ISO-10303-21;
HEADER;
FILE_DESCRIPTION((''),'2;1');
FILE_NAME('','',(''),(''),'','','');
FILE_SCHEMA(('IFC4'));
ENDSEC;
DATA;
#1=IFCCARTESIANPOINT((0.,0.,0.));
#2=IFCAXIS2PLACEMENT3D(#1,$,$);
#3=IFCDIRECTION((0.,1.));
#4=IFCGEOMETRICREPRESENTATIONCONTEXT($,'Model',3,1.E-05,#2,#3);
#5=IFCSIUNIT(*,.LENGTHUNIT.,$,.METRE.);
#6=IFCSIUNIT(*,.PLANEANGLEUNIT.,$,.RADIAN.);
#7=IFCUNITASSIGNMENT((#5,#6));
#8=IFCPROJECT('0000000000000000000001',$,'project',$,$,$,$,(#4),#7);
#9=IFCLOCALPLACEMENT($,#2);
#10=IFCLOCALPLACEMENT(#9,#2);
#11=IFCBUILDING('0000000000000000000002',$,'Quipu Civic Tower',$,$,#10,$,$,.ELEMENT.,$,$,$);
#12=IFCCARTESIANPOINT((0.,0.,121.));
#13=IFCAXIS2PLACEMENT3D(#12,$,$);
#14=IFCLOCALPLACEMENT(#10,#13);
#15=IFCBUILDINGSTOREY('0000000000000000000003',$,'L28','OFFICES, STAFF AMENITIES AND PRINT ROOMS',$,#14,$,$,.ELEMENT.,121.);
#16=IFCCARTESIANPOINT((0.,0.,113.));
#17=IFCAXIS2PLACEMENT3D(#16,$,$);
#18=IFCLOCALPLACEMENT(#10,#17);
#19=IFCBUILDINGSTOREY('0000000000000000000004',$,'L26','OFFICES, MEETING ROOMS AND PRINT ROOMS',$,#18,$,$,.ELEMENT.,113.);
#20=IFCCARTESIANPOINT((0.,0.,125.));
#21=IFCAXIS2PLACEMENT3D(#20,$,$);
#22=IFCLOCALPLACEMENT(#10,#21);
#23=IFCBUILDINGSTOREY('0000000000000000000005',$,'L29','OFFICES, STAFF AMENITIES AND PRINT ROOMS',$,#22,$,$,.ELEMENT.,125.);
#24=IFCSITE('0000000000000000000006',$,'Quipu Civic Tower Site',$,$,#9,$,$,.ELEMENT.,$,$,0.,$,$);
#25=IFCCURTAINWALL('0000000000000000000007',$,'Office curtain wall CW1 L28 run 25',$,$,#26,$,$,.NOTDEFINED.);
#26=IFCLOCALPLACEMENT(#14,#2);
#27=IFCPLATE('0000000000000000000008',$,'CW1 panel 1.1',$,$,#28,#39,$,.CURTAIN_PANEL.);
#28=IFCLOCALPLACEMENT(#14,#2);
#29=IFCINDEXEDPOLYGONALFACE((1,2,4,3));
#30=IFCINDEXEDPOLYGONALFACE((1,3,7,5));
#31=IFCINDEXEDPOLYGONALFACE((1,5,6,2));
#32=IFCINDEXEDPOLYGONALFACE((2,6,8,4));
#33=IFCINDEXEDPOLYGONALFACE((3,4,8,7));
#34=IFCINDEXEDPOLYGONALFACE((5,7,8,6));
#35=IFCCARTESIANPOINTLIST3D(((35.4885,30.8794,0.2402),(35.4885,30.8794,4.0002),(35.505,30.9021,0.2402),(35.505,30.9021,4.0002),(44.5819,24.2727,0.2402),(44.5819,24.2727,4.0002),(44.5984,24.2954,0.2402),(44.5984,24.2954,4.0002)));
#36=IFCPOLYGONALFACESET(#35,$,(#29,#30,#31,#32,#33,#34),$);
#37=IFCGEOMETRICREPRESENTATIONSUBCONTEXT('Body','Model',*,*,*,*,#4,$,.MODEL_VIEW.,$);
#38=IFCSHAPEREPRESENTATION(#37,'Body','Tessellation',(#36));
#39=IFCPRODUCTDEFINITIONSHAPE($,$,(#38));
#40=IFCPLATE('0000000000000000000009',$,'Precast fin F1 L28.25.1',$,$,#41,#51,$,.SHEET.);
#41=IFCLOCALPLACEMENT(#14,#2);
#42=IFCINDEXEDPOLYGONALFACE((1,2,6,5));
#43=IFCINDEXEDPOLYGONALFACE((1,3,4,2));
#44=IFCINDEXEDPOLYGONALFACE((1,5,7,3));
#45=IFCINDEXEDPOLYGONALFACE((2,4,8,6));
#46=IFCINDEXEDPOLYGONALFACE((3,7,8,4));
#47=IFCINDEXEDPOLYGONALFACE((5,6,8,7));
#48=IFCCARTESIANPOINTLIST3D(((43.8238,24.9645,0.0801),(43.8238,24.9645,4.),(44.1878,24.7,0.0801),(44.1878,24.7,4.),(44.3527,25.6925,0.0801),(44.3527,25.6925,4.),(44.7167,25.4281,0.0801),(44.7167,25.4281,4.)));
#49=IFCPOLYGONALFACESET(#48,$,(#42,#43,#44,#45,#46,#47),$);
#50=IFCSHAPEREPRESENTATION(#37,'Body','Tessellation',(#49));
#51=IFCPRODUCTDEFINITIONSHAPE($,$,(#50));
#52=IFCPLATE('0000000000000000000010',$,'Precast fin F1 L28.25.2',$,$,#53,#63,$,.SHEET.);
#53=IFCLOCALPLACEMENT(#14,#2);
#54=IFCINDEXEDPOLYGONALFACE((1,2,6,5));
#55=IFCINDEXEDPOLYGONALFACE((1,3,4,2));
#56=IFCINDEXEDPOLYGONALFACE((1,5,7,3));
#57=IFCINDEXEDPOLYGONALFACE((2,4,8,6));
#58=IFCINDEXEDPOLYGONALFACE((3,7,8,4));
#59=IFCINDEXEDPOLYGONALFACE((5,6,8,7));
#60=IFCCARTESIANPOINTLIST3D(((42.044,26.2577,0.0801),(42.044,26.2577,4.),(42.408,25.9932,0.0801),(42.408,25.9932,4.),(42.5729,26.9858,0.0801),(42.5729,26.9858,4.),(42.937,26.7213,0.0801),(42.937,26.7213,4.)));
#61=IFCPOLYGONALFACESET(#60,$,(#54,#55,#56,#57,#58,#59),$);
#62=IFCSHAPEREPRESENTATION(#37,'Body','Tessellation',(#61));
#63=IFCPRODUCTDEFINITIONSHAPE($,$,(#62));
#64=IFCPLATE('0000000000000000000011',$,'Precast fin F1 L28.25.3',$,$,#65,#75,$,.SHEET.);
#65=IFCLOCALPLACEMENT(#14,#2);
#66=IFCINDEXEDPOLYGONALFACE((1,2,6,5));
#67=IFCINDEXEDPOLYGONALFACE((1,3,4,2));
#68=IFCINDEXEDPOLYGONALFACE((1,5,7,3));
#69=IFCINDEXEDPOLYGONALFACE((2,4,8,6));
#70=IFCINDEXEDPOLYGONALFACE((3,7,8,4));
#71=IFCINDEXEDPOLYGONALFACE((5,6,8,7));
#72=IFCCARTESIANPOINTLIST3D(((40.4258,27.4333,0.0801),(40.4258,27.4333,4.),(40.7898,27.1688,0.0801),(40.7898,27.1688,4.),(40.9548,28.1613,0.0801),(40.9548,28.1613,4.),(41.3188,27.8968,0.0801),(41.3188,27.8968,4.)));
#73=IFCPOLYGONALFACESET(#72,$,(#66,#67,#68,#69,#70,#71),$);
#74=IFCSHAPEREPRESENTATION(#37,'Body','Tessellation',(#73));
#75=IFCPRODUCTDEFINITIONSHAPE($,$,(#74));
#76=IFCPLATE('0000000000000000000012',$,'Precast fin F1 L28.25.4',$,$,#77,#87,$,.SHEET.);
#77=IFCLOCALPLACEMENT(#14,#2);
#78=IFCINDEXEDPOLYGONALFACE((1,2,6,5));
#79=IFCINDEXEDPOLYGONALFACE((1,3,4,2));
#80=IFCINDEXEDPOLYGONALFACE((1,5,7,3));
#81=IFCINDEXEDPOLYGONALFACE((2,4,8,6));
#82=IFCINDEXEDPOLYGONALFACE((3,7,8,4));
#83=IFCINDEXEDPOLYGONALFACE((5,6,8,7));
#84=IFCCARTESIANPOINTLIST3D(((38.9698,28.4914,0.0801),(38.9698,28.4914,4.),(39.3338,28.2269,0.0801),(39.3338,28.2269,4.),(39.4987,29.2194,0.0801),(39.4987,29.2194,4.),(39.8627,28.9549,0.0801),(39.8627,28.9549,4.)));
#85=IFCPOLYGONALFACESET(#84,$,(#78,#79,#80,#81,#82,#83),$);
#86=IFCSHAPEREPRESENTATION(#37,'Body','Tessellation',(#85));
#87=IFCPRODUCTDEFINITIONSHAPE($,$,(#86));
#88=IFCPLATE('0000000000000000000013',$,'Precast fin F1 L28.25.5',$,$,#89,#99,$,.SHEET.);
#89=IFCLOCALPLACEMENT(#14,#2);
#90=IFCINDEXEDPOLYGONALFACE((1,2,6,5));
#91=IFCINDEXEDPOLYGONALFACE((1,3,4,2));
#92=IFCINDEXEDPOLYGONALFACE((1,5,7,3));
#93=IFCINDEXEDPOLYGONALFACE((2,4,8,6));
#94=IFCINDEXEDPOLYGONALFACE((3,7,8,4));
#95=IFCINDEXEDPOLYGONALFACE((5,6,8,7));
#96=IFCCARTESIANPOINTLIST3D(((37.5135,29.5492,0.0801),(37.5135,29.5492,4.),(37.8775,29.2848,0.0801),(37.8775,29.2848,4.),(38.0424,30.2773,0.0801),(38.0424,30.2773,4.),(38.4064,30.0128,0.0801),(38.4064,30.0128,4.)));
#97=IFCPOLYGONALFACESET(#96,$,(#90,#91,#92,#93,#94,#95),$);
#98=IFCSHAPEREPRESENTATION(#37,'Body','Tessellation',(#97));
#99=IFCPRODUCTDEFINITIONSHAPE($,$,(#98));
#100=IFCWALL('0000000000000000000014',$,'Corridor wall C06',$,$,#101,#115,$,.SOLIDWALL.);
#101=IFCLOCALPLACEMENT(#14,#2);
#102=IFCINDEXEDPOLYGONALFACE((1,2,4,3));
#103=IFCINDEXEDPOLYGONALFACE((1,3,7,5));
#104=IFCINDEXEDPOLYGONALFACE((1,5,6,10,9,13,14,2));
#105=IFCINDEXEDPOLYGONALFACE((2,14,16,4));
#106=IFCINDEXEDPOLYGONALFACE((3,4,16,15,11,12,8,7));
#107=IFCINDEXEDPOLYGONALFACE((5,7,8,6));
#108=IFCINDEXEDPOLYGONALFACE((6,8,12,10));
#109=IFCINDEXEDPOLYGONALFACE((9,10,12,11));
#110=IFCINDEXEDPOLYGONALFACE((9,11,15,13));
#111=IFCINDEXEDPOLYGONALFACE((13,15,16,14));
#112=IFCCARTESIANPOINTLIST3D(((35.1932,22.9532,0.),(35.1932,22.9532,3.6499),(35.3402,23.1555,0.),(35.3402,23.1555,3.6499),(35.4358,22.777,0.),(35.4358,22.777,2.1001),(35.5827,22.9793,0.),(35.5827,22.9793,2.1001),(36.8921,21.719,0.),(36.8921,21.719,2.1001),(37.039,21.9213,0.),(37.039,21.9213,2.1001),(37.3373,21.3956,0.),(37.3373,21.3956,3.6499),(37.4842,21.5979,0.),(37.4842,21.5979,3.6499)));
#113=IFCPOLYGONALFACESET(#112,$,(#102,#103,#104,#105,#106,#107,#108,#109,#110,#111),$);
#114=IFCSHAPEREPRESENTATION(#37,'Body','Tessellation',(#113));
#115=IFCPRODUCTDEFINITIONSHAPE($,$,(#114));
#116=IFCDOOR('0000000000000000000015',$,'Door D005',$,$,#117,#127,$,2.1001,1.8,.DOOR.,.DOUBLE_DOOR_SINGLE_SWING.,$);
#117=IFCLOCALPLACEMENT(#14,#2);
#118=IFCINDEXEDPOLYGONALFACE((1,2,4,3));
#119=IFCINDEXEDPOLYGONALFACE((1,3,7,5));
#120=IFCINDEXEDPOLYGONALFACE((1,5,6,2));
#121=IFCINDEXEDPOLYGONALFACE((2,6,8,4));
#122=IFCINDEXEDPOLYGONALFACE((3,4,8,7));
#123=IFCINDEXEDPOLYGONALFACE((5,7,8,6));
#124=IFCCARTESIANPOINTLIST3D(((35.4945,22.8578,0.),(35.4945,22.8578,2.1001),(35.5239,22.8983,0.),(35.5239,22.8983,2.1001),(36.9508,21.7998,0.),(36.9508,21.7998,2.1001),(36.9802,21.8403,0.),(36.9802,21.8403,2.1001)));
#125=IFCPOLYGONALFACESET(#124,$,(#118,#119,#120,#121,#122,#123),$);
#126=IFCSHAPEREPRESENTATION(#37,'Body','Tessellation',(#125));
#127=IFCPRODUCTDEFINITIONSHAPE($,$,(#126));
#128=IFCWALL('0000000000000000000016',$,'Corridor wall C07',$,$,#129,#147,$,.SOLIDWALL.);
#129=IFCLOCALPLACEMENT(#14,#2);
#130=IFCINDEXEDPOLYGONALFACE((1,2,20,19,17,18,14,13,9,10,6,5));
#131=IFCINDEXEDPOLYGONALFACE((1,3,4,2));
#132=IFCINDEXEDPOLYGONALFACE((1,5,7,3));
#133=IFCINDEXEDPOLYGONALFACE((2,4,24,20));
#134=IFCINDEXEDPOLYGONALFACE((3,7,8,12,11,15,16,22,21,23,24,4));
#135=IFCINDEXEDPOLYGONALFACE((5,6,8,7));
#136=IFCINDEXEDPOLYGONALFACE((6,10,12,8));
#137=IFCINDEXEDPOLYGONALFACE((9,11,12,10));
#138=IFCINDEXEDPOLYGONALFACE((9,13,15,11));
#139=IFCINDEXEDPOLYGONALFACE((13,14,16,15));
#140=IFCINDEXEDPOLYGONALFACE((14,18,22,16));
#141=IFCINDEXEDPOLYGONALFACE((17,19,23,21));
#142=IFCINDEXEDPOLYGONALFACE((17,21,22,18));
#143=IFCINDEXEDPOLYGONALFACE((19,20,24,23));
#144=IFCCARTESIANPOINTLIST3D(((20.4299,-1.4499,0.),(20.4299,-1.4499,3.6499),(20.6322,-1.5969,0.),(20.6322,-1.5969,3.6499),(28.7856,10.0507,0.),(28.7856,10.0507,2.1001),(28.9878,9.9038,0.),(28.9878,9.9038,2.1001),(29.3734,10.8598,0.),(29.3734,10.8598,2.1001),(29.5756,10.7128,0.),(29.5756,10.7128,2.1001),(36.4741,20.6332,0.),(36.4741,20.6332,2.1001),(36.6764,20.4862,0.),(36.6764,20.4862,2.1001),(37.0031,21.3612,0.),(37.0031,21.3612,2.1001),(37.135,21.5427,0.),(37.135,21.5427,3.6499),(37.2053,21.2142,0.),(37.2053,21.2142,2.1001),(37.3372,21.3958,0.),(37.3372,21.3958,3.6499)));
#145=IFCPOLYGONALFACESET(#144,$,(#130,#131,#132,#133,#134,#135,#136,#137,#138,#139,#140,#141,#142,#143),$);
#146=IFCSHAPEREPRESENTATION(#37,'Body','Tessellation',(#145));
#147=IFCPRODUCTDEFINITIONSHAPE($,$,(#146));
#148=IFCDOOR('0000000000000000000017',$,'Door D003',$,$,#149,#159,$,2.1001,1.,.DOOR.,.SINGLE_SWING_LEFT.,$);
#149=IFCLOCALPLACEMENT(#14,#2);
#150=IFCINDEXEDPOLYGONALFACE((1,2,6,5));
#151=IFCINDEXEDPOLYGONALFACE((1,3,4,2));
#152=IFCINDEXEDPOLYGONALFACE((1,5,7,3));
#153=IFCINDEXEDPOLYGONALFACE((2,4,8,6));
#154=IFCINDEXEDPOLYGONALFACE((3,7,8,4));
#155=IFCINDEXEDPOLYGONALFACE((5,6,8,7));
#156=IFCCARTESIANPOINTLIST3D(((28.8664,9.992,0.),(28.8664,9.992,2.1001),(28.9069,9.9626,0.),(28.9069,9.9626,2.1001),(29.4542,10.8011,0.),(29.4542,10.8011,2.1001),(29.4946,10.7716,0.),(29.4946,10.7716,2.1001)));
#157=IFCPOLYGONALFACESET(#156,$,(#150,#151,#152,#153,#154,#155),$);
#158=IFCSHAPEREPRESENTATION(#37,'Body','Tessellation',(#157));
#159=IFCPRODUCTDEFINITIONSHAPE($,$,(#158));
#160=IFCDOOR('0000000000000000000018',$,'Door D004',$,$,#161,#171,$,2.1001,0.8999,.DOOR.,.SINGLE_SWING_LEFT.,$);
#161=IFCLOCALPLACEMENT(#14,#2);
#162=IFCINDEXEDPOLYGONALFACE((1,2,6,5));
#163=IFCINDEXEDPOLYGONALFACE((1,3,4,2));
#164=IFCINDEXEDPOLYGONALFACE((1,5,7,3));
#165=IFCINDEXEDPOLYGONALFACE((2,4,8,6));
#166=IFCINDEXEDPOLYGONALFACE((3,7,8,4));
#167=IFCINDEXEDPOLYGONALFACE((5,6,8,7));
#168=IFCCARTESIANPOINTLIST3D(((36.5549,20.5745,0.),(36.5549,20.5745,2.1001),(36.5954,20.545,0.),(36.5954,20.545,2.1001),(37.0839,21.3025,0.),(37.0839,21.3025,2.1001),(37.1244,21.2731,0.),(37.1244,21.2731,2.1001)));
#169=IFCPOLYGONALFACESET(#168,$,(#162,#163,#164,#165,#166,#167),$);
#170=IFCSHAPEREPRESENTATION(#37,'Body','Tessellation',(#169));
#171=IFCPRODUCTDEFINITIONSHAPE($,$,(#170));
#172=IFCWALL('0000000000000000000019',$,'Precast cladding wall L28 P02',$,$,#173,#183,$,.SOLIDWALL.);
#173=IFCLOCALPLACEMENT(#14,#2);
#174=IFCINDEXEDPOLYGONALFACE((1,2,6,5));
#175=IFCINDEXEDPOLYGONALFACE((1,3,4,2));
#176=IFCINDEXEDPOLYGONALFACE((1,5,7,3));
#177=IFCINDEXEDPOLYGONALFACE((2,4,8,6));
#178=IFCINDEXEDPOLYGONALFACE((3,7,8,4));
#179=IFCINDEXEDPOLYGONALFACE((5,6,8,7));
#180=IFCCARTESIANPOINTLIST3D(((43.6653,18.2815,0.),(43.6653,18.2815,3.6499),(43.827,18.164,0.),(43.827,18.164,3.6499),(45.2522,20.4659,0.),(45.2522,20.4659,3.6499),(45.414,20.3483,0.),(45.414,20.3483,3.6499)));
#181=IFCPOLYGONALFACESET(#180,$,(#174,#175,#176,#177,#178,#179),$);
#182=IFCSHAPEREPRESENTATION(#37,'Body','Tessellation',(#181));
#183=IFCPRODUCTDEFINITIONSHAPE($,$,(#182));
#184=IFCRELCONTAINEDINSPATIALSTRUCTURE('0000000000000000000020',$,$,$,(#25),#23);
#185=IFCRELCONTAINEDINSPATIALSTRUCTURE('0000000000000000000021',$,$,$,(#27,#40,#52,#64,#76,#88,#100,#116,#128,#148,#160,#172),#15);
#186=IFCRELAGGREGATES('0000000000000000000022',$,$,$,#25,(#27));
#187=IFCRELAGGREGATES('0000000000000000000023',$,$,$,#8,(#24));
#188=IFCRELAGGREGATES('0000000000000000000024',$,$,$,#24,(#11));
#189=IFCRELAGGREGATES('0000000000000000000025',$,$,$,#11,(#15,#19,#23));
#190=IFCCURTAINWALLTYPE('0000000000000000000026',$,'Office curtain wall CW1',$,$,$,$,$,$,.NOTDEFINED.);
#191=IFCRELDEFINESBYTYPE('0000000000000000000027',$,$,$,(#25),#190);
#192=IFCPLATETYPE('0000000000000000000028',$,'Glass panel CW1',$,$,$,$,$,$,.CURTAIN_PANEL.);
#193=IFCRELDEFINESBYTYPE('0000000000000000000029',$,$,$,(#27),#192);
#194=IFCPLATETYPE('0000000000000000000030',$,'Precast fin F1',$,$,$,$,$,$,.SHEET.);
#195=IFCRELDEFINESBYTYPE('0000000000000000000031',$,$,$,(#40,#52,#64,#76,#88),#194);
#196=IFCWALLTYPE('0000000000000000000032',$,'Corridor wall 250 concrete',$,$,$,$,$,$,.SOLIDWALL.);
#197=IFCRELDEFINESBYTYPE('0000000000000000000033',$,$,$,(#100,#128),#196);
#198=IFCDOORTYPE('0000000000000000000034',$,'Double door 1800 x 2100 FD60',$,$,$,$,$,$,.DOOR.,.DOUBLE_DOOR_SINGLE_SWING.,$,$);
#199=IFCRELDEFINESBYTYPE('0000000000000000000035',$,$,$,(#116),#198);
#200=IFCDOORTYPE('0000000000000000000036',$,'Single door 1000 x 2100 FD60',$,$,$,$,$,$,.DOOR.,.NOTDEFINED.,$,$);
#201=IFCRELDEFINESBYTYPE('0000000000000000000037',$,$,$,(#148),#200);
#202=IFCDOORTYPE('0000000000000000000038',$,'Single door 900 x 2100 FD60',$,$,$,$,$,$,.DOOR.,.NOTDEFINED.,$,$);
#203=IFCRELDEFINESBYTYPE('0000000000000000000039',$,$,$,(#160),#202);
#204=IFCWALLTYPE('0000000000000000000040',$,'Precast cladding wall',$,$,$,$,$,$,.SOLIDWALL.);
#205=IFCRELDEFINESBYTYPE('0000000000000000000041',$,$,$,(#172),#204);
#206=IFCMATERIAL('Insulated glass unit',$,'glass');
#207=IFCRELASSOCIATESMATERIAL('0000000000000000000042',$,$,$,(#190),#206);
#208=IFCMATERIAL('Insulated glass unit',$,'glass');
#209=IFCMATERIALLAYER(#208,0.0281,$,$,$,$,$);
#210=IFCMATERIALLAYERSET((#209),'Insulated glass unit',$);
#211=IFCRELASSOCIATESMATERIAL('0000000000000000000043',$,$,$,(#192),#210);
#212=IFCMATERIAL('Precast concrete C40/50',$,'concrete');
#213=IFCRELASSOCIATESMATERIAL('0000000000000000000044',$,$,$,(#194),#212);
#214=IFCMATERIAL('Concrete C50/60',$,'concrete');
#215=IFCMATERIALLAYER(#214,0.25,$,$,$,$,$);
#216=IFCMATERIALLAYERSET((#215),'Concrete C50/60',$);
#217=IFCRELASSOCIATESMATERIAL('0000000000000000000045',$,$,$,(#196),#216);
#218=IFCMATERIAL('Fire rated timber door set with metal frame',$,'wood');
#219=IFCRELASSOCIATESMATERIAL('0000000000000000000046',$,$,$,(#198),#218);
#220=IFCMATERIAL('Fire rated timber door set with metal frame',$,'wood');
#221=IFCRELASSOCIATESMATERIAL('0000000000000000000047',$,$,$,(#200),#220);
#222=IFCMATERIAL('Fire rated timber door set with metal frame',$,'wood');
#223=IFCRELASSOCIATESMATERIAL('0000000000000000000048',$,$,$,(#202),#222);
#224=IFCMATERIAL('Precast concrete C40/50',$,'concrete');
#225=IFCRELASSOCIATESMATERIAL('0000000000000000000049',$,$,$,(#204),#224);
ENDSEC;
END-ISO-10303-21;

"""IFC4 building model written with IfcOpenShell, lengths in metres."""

from ifc_helpers import new_model, si_unit, direction, frame, frame_2d, origin, origin_2d, place, context, subcontext, project, spatial, rectangle, extrude, material, layer, layer_set, type_object, element, fill, aggregate, save


model = new_model("IFC4")

# Units and contexts
model_context = context("Model", 3, precision=1e-05, world=origin(), true_north=direction((0.0, 1.0)))
body_context = subcontext(model_context, "Body", "Model", "MODEL_VIEW")
ifc_project = project(units=[si_unit("LENGTHUNIT", "METRE"), si_unit("PLANEANGLEUNIT", "RADIAN")], contexts=[model_context])

# Site, building, storey
site_placement = place(None, origin())
site = spatial("IfcSite", under=ifc_project, at=site_placement, Name="Quipu Civic Tower Site", CompositionType="ELEMENT", RefElevation=0.0)
building_placement = place(site_placement, origin())
building = spatial("IfcBuilding", under=site, at=building_placement, Name="Quipu Civic Tower", CompositionType="ELEMENT")
storey_1_placement = place(building_placement, frame((0.0, 0.0, 121.0)))
storey_1 = spatial("IfcBuildingStorey", under=building, at=storey_1_placement, Name="L28", Description="OFFICES, STAFF AMENITIES AND PRINT ROOMS", CompositionType="ELEMENT", Elevation=121.0)

# Shared definitions
storey_2_placement = place(building_placement, frame((0.0, 0.0, 113.0)))
storey_2 = spatial("IfcBuildingStorey", under=building, at=storey_2_placement, Name="L26", Description="OFFICES, MEETING ROOMS AND PRINT ROOMS", CompositionType="ELEMENT", Elevation=113.0)

# Shared definitions
ifc_material_1 = material(Name="Insulated glass unit", Category="glass")
curtain_wall_type = type_object("IfcCurtainWallType", Name="Office curtain wall CW1", PredefinedType="NOTDEFINED", material=ifc_material_1)

# Shared definitions
storey_3_placement = place(building_placement, frame((0.0, 0.0, 125.0)))
storey_3 = spatial("IfcBuildingStorey", under=building, at=storey_3_placement, Name="L29", Description="OFFICES, STAFF AMENITIES AND PRINT ROOMS", CompositionType="ELEMENT", Elevation=125.0)

# Curtain wall, plate
curtain_wall_1_placement = place(storey_3_placement, origin())
curtain_wall_1 = element("IfcCurtainWall", 1, at=curtain_wall_1_placement, inside=storey_3, type_object=curtain_wall_type, Name="Office curtain wall CW1 L28 run 25", PredefinedType="NOTDEFINED")
ifc_material_2 = material(Name="Insulated glass unit", Category="glass")
ifc_layer_1 = layer(ifc_material_2, 0.0281)
ifc_layer_set_1 = layer_set([ifc_layer_1], Name="Insulated glass unit")
plate_type_1 = type_object("IfcPlateType", Name="Glass panel CW1", PredefinedType="CURTAIN_PANEL", material=ifc_layer_set_1)
plate_placement = place(storey_1_placement, frame((40.0435, 27.5874, 0.2402), z_axis=(0.0, 0.0, 1.0), x_axis=(-0.809015, 0.587788, 0.0)))
plate = element("IfcPlate", 2, at=plate_placement, inside=storey_1, type_object=plate_type_1, Name="CW1 panel 1.1", PredefinedType="CURTAIN_PANEL", context=body_context, shape_type="SweptSolid", body=[
    extrude(rectangle(XDim=11.24, YDim=0.0281, at=origin_2d()), origin(), (0.0, 0.0, 1.0), 3.76),
])
aggregate(curtain_wall_1, [plate])

# Plates
ifc_material_3 = material(Name="Precast concrete C40/50", Category="concrete")
plate_type_2 = type_object("IfcPlateType", Name="Precast fin F1", PredefinedType="SHEET", material=ifc_material_3)
for number, where, z_axis, x_axis, name in (
    (3, (44.2703, 25.1963, 0.0801), (0.0, 0.0, 1.0), (-0.809017, 0.587785, 0.0), "Precast fin F1 L28.25.1"),
    (4, (42.4905, 26.4895, 0.0801), (0.0, 0.0, 1.0), (-0.809017, 0.587785, 0.0), "Precast fin F1 L28.25.2"),
    (5, (40.8723, 27.665, 0.0801), (0.0, 0.0, 1.0), (-0.809017, 0.587785, 0.0), "Precast fin F1 L28.25.3"),
    (6, (39.4163, 28.7231, 0.0801), (0.0, 0.0, 1.0), (-0.809017, 0.587785, 0.0), "Precast fin F1 L28.25.4"),
    (7, (37.96, 29.781, 0.0801), (0.0, 0.0, 1.0), (-0.809017, 0.587785, 0.0), "Precast fin F1 L28.25.5"),
):
    element("IfcPlate", number, at=place(storey_1_placement, frame(where, z_axis=z_axis, x_axis=x_axis)), inside=storey_1, type_object=plate_type_2, Name=name, PredefinedType="SHEET", context=body_context, shape_type="SweptSolid", body=[
        extrude(rectangle(XDim=0.45, YDim=0.8999, at=origin_2d()), origin(), (0.0, 0.0, 1.0), 3.9199),
    ])

# Wall, opening, door
ifc_material_4 = material(Name="Concrete C50/60", Category="concrete")
ifc_layer_2 = layer(ifc_material_4, 0.25)
ifc_layer_set_2 = layer_set([ifc_layer_2], Name="Concrete C50/60")
wall_type_1 = type_object("IfcWallType", Name="Corridor wall 250 concrete", PredefinedType="SOLIDWALL", material=ifc_layer_set_2)
wall_1_placement = place(storey_1_placement, frame((35.2666, 23.0544, 0.0), z_axis=(0.0, 0.0, 1.0), x_axis=(0.809039, -0.587755, 0.0)))
wall_1 = element("IfcWall", 8, at=wall_1_placement, inside=storey_1, type_object=wall_type_1, Name="Corridor wall C06", PredefinedType="SOLIDWALL", context=body_context, shape_type="SweptSolid", body=[
    extrude(rectangle(XDim=2.6501, YDim=0.25, at=frame_2d((1.3252, 0.0))), origin(), (0.0, 0.0, 1.0), 3.6499),
])
opening_1_placement = place(wall_1_placement, frame((0.3, 0.0, 0.0)))
opening_1 = element("IfcOpeningElement", 9, at=opening_1_placement, cuts=wall_1, PredefinedType="OPENING", context=body_context, shape_type="SweptSolid", body=[
    extrude(rectangle(XDim=1.8, YDim=2.1001, at=frame_2d((0.8999, 1.05))), frame((0.0, 0.135, 0.0), z_axis=(0.0, -1.0, 0.0), x_axis=(1.0, 0.0, 0.0)), (0.0, 0.0, 1.0), 0.27),
])
ifc_material_5 = material(Name="Fire rated timber door set with metal frame", Category="wood")
door_type_1 = type_object("IfcDoorType", Name="Double door 1800 x 2100 FD60", OperationType="DOUBLE_DOOR_SINGLE_SWING", PredefinedType="DOOR", material=ifc_material_5)
door_1_placement = place(opening_1_placement, origin())
door_1 = element("IfcDoor", 10, at=door_1_placement, inside=storey_1, type_object=door_type_1, Name="Door D005", OperationType="DOUBLE_DOOR_SINGLE_SWING", OverallHeight=2.1001, OverallWidth=1.8, PredefinedType="DOOR", context=body_context, shape_type="SweptSolid", body=[
    extrude(rectangle(XDim=1.8, YDim=2.1001, at=frame_2d((0.8999, 1.05))), frame((0.0, 0.0249, 0.0), z_axis=(0.0, -1.0, 0.0), x_axis=(1.0, 0.0, 0.0)), (0.0, 0.0, 1.0), 0.05),
])
fill(opening_1, door_1)

# Wall, openings, doors
wall_2_placement = place(storey_1_placement, frame((37.2361, 21.4692, 0.0), z_axis=(0.0, 0.0, 1.0), x_axis=(-0.587783, -0.809018, 0.0)))
wall_2 = element("IfcWall", 11, at=wall_2_placement, inside=storey_1, type_object=wall_type_1, Name="Corridor wall C07", PredefinedType="SOLIDWALL", context=body_context, shape_type="SweptSolid", body=[
    extrude(rectangle(XDim=28.4204, YDim=0.25, at=frame_2d((14.2102, 0.0))), origin(), (0.0, 0.0, 1.0), 3.6499),
])
opening_2_placement = place(wall_2_placement, frame((13.2048, 0.0, 0.0)))
opening_2 = element("IfcOpeningElement", 12, at=opening_2_placement, cuts=wall_2, PredefinedType="OPENING", context=body_context, shape_type="SweptSolid", body=[
    extrude(rectangle(XDim=1.0, YDim=2.1001, at=frame_2d((0.5, 1.05))), frame((0.0, 0.135, 0.0), z_axis=(0.0, -1.0, 0.0), x_axis=(1.0, 0.0, 0.0)), (0.0, 0.0, 1.0), 0.27),
])
opening_3_placement = place(wall_2_placement, frame((0.2244, 0.0, 0.0)))
opening_3 = element("IfcOpeningElement", 13, at=opening_3_placement, cuts=wall_2, PredefinedType="OPENING", context=body_context, shape_type="SweptSolid", body=[
    extrude(rectangle(XDim=0.8999, YDim=2.1001, at=frame_2d((0.45, 1.05))), frame((0.0, 0.135, 0.0), z_axis=(0.0, -1.0, 0.0), x_axis=(1.0, 0.0, 0.0)), (0.0, 0.0, 1.0), 0.27),
])
ifc_material_6 = material(Name="Fire rated timber door set with metal frame", Category="wood")
door_type_2 = type_object("IfcDoorType", Name="Single door 1000 x 2100 FD60", OperationType="NOTDEFINED", PredefinedType="DOOR", material=ifc_material_6)
door_2_placement = place(opening_2_placement, origin())
door_2 = element("IfcDoor", 14, at=door_2_placement, inside=storey_1, type_object=door_type_2, Name="Door D003", OperationType="SINGLE_SWING_LEFT", OverallHeight=2.1001, OverallWidth=1.0, PredefinedType="DOOR", context=body_context, shape_type="SweptSolid", body=[
    extrude(rectangle(XDim=1.0, YDim=2.1001, at=frame_2d((0.5, 1.05))), frame((0.0, 0.0249, 0.0), z_axis=(0.0, -1.0, 0.0), x_axis=(1.0, 0.0, 0.0)), (0.0, 0.0, 1.0), 0.05),
])
fill(opening_2, door_2)
ifc_material_7 = material(Name="Fire rated timber door set with metal frame", Category="wood")
door_type_3 = type_object("IfcDoorType", Name="Single door 900 x 2100 FD60", OperationType="NOTDEFINED", PredefinedType="DOOR", material=ifc_material_7)
door_3_placement = place(opening_3_placement, origin())
door_3 = element("IfcDoor", 15, at=door_3_placement, inside=storey_1, type_object=door_type_3, Name="Door D004", OperationType="SINGLE_SWING_LEFT", OverallHeight=2.1001, OverallWidth=0.8999, PredefinedType="DOOR", context=body_context, shape_type="SweptSolid", body=[
    extrude(rectangle(XDim=0.8999, YDim=2.1001, at=frame_2d((0.45, 1.05))), frame((0.0, 0.0249, 0.0), z_axis=(0.0, -1.0, 0.0), x_axis=(1.0, 0.0, 0.0)), (0.0, 0.0, 1.0), 0.05),
])
fill(opening_3, door_3)

# Wall
ifc_material_8 = material(Name="Precast concrete C40/50", Category="concrete")
wall_type_2 = type_object("IfcWallType", Name="Precast cladding wall", PredefinedType="SOLIDWALL", material=ifc_material_8)
for number, where, z_axis, x_axis, name in (
    (16, (43.7461, 18.2227, 0.0), (0.0, 0.0, 1.0), (0.587763, 0.809033, 0.0), "Precast cladding wall L28 P02"),
):
    element("IfcWall", number, at=place(storey_1_placement, frame(where, z_axis=z_axis, x_axis=x_axis)), inside=storey_1, type_object=wall_type_2, Name=name, PredefinedType="SOLIDWALL", context=body_context, shape_type="SweptSolid", body=[
        extrude(rectangle(XDim=2.7, YDim=0.2, at=frame_2d((1.3501, 0.0))), origin(), (0.0, 0.0, 1.0), 3.6499),
    ])

save(model, "model.ifc")
